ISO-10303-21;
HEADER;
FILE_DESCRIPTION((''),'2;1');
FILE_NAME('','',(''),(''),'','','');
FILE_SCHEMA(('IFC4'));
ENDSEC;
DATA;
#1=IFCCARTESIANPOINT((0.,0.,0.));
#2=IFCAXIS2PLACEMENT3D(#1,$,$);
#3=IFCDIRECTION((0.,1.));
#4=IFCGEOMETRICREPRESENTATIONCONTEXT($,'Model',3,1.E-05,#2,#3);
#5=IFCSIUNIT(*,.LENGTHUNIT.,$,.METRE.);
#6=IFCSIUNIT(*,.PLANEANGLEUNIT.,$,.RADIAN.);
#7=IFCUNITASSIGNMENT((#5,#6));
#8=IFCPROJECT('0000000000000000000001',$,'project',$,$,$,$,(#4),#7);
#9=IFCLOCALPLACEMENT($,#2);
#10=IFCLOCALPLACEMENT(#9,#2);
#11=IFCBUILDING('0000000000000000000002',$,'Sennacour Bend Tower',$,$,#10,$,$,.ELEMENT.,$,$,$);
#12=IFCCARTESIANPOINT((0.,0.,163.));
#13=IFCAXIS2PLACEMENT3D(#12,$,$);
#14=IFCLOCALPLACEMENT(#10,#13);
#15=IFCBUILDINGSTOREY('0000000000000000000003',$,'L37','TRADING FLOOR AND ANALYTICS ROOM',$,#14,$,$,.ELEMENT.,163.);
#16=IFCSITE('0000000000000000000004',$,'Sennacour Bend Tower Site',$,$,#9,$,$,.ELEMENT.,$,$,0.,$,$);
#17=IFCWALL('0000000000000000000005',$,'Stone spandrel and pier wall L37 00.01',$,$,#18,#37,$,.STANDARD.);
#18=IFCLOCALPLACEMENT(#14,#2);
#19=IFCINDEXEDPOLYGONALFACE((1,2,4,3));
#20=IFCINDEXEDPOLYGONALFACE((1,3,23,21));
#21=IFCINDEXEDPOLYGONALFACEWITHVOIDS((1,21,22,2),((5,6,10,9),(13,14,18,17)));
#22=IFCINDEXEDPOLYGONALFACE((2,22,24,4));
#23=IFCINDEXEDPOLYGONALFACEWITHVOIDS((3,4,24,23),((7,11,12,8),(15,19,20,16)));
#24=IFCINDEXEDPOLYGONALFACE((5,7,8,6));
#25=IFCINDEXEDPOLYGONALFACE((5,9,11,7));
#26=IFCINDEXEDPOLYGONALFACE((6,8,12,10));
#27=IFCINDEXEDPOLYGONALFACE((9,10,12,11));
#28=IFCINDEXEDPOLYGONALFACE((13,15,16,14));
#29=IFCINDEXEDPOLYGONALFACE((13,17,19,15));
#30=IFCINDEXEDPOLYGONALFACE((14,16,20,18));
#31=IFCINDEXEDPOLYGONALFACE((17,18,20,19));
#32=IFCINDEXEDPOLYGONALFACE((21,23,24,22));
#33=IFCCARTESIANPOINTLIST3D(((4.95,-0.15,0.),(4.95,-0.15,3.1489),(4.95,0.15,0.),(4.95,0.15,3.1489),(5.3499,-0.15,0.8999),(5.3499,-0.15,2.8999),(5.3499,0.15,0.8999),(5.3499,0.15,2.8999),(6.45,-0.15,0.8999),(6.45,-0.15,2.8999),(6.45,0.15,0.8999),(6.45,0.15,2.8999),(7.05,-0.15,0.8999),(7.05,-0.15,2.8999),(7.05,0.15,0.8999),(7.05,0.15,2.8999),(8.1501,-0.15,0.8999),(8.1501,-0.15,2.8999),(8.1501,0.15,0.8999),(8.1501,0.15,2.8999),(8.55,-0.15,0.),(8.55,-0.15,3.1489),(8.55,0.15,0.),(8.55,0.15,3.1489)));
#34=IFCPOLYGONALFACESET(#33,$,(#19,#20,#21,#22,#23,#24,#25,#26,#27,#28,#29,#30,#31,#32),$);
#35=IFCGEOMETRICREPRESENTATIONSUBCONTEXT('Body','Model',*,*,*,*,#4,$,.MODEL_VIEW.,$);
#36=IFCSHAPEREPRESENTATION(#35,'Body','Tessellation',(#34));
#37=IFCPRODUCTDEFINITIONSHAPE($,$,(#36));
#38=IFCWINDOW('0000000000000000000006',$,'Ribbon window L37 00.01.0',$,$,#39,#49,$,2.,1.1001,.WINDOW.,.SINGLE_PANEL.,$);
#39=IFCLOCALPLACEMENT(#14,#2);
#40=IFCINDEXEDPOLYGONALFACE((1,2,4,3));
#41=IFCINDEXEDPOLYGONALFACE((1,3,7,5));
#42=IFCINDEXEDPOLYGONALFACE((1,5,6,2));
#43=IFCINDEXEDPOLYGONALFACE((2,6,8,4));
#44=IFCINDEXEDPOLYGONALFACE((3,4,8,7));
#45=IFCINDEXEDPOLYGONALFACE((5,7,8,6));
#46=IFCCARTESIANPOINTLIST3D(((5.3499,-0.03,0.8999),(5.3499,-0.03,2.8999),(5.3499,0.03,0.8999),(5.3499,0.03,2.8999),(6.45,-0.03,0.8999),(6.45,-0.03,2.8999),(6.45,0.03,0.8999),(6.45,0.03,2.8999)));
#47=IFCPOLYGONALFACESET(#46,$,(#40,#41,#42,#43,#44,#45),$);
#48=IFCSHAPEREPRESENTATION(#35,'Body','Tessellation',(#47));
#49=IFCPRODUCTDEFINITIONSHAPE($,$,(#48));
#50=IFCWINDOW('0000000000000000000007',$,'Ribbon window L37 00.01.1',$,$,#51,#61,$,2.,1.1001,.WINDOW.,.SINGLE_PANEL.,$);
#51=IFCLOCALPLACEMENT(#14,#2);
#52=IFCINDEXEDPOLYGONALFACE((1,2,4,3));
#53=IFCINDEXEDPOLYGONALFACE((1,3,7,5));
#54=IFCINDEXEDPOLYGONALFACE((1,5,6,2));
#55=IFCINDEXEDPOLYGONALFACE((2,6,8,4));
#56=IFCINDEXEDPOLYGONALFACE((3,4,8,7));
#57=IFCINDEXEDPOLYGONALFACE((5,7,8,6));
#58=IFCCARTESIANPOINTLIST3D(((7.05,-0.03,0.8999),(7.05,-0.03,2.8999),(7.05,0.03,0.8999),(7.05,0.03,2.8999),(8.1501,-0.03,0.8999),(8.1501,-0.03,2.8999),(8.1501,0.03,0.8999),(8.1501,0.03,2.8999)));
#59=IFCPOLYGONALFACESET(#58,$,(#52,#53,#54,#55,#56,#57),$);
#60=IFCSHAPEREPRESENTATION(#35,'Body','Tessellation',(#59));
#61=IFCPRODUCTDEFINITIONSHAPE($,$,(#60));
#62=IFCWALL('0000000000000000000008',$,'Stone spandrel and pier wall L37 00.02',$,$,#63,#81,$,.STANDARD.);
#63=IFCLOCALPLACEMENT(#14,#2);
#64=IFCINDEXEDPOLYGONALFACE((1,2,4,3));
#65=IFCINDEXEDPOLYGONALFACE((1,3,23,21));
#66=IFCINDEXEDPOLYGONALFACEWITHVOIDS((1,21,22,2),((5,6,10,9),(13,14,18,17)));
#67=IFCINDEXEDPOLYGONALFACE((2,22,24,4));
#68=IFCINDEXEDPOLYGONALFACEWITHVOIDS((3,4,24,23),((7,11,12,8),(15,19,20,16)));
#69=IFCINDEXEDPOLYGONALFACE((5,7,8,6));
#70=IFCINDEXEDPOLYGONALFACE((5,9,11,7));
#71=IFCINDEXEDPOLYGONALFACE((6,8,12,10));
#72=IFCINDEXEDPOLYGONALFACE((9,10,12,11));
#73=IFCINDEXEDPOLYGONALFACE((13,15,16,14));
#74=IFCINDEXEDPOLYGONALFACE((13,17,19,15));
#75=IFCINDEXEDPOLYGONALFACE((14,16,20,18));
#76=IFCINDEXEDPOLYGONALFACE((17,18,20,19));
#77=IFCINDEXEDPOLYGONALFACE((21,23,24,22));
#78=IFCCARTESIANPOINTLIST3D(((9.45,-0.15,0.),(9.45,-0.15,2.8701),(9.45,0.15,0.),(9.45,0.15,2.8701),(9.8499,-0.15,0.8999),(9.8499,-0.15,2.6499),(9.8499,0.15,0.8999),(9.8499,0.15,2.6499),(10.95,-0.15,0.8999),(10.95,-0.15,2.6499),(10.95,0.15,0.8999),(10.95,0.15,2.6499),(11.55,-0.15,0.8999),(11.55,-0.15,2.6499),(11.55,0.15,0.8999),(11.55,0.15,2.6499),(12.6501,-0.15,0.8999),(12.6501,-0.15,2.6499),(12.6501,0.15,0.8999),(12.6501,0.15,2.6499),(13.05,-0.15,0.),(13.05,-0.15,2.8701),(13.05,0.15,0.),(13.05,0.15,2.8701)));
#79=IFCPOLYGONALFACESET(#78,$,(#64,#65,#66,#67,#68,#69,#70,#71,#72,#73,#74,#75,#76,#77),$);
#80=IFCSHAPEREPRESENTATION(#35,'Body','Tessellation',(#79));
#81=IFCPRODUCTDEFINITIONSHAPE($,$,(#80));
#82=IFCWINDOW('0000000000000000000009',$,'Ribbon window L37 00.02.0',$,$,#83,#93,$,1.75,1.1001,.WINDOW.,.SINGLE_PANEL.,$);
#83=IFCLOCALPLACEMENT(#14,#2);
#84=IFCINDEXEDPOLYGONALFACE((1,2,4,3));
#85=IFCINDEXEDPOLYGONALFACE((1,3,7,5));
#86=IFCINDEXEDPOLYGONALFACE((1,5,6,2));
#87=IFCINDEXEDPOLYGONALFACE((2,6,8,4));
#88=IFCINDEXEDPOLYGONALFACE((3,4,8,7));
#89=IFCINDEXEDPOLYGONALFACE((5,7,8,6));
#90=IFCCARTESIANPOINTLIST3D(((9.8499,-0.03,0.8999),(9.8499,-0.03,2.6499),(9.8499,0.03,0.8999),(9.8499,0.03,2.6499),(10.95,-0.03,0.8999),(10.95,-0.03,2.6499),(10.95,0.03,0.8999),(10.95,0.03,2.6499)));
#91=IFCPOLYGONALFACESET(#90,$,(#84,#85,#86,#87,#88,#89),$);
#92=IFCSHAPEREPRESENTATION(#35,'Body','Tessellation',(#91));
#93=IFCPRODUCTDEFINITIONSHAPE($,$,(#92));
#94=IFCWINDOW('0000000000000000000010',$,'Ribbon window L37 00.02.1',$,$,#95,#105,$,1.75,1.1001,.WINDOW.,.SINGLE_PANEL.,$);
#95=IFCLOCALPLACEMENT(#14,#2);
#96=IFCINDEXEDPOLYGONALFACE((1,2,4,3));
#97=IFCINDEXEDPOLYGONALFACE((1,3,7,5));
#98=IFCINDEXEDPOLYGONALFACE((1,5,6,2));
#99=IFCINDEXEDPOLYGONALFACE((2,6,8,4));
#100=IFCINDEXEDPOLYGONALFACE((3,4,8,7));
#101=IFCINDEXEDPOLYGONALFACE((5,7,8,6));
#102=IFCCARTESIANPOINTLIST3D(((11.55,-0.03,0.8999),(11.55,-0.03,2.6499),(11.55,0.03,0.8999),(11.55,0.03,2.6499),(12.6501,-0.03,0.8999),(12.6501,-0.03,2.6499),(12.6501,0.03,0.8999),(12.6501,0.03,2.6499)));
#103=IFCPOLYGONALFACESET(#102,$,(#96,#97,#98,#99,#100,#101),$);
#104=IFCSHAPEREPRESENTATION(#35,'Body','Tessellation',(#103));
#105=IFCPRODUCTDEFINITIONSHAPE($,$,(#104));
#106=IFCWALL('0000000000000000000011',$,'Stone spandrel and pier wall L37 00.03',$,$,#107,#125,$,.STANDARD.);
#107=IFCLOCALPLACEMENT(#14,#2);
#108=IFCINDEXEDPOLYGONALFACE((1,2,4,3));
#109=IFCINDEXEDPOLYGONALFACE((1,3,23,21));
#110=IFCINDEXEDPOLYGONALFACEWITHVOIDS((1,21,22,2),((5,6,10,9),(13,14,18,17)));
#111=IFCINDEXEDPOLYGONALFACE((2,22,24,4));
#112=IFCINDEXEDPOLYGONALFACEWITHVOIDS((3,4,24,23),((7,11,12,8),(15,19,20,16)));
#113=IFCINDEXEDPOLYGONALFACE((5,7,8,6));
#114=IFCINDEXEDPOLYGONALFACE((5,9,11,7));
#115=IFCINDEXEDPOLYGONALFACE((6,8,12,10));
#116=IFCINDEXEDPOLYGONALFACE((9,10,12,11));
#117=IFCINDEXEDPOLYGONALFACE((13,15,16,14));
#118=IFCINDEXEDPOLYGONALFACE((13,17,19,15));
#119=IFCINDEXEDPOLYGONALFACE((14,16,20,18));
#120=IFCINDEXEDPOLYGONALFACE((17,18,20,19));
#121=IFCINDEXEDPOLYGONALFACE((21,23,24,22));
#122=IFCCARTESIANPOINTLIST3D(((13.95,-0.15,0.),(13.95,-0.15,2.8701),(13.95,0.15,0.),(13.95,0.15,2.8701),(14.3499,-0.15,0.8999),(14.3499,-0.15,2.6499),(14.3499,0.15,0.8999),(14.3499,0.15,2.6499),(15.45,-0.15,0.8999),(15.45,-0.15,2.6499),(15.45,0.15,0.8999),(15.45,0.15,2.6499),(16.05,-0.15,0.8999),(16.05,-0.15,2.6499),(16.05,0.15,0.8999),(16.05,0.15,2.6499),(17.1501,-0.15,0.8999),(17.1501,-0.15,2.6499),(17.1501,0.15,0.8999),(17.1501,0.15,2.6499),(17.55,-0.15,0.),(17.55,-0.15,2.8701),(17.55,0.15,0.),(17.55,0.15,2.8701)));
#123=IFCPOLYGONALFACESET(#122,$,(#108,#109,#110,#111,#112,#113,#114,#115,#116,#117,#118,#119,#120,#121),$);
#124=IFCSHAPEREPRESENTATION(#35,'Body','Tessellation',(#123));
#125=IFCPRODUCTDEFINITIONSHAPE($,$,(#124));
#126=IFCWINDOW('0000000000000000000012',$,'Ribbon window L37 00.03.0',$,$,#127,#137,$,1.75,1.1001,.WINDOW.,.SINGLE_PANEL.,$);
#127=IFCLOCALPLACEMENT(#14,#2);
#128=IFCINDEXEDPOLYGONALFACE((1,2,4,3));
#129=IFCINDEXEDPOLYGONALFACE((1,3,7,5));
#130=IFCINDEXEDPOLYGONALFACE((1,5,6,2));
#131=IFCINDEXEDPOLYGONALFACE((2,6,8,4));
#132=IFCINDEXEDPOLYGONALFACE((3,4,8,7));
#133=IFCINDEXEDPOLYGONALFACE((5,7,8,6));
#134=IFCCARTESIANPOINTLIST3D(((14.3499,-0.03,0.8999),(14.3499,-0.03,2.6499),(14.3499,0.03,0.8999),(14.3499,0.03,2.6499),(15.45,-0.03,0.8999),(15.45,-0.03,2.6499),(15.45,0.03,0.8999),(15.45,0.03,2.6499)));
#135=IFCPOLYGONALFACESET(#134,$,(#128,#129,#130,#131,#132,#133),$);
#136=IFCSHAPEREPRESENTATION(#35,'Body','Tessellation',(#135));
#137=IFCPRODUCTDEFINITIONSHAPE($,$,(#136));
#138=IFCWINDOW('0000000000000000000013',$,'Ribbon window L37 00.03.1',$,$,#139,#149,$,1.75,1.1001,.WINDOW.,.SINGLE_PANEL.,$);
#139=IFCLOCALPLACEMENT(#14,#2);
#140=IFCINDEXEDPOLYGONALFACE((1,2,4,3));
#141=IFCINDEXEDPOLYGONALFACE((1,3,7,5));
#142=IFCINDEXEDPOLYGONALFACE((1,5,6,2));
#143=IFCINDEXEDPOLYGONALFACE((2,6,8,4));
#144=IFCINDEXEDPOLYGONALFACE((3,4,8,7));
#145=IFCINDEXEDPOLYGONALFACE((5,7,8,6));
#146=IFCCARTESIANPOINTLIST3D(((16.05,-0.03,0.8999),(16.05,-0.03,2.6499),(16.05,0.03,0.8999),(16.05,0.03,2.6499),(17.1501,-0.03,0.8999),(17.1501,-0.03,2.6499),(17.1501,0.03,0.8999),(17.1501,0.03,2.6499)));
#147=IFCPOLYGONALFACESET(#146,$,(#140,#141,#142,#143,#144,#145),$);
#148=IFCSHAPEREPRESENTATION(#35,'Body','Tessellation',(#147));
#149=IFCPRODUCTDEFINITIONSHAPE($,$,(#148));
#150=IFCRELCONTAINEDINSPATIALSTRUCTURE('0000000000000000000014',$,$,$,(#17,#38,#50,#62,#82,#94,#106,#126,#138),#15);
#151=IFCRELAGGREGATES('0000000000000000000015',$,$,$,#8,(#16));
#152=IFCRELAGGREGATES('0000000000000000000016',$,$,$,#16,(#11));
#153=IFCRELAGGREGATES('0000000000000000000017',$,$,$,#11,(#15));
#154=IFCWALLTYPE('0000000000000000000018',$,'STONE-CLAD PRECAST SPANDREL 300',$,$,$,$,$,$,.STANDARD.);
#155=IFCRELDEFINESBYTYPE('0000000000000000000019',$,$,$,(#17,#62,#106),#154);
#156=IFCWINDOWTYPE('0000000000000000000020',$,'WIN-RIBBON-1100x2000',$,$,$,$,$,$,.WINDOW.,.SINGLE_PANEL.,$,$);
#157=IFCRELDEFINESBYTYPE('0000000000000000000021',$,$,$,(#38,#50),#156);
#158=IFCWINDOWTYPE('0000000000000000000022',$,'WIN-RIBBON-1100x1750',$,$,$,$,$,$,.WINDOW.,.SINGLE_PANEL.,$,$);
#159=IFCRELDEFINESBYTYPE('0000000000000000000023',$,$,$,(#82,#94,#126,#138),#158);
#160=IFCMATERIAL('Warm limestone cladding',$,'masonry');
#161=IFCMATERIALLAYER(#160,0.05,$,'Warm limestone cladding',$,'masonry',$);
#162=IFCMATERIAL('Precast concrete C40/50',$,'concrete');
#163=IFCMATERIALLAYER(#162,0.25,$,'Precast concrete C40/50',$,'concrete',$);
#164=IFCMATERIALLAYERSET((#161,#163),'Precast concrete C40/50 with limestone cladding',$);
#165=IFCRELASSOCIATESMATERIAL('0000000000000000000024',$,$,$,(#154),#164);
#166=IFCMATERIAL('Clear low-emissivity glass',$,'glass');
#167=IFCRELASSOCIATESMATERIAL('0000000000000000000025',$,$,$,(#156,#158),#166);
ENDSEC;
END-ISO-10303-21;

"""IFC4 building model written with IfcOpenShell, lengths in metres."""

from ifc_helpers import new_model, si_unit, direction, frame, frame_2d, origin, place, context, subcontext, project, spatial, rectangle, extrude, material, layer, layer_set, type_object, element, fill, save


model = new_model("IFC4")

# Units and contexts
model_context = context("Model", 3, precision=1e-05, world=origin(), true_north=direction((0.0, 1.0)))
body_context = subcontext(model_context, "Body", "Model", "MODEL_VIEW")
ifc_project = project(units=[si_unit("LENGTHUNIT", "METRE"), si_unit("PLANEANGLEUNIT", "RADIAN")], contexts=[model_context])

# Site, building, storey
site_placement = place(None, origin())
site = spatial("IfcSite", under=ifc_project, at=site_placement, Name="Sennacour Bend Tower Site", CompositionType="ELEMENT", RefElevation=0.0)
building_placement = place(site_placement, origin())
building = spatial("IfcBuilding", under=site, at=building_placement, Name="Sennacour Bend Tower", CompositionType="ELEMENT")
storey_placement = place(building_placement, frame((0.0, 0.0, 163.0)))
storey = spatial("IfcBuildingStorey", under=building, at=storey_placement, Name="L37", Description="TRADING FLOOR AND ANALYTICS ROOM", CompositionType="ELEMENT", Elevation=163.0)

# Walls, openings, windows
ifc_material_1 = material(Name="Warm limestone cladding", Category="masonry")
ifc_layer_1 = layer(ifc_material_1, 0.05, Name="Warm limestone cladding", Category="masonry")
ifc_material_2 = material(Name="Precast concrete C40/50", Category="concrete")
ifc_layer_2 = layer(ifc_material_2, 0.25, Name="Precast concrete C40/50", Category="concrete")
ifc_layer_set_1 = layer_set([ifc_layer_1, ifc_layer_2], Name="Precast concrete C40/50 with limestone cladding")
wall_type_1 = type_object("IfcWallType", Name="STONE-CLAD PRECAST SPANDREL 300", PredefinedType="STANDARD", material=ifc_layer_set_1)
wall_1_placement = place(storey_placement, frame((4.95, 0.0, 0.0), z_axis=(0.0, 0.0, 1.0), x_axis=(1.0, 0.0, 0.0)))
wall_1 = element("IfcWall", 1, at=wall_1_placement, inside=storey, type_object=wall_type_1, Name="Stone spandrel and pier wall L37 00.01", PredefinedType="STANDARD", context=body_context, shape_type="SweptSolid", body=[
    extrude(rectangle(XDim=3.6001, YDim=0.3, at=frame_2d((1.8, 0.0))), origin(), (0.0, 0.0, 1.0), 3.1489),
])
opening_1_placement = place(wall_1_placement, frame((0.3999, 0.0, 0.8999)))
opening_1 = element("IfcOpeningElement", 2, at=opening_1_placement, cuts=wall_1, PredefinedType="OPENING", context=body_context, shape_type="SweptSolid", body=[
    extrude(rectangle(XDim=1.1001, YDim=2.0, at=frame_2d((0.55, 1.0))), frame((0.0, 0.1602, 0.0), z_axis=(0.0, -1.0, 0.0), x_axis=(1.0, 0.0, 0.0)), (0.0, 0.0, 1.0), 0.3201),
])
opening_2_placement = place(wall_1_placement, frame((2.1001, 0.0, 0.8999)))
opening_2 = element("IfcOpeningElement", 3, at=opening_2_placement, cuts=wall_1, PredefinedType="OPENING", context=body_context, shape_type="SweptSolid", body=[
    extrude(rectangle(XDim=1.1001, YDim=2.0, at=frame_2d((0.55, 1.0))), frame((0.0, 0.1602, 0.0), z_axis=(0.0, -1.0, 0.0), x_axis=(1.0, 0.0, 0.0)), (0.0, 0.0, 1.0), 0.3201),
])
ifc_material_3 = material(Name="Clear low-emissivity glass", Category="glass")
window_type_1 = type_object("IfcWindowType", Name="WIN-RIBBON-1100x2000", PartitioningType="SINGLE_PANEL", PredefinedType="WINDOW", material=ifc_material_3)
window_1_placement = place(opening_1_placement, origin())
window_1 = element("IfcWindow", 4, at=window_1_placement, inside=storey, type_object=window_type_1, Name="Ribbon window L37 00.01.0", OverallHeight=2.0, OverallWidth=1.1001, PartitioningType="SINGLE_PANEL", PredefinedType="WINDOW", context=body_context, shape_type="SweptSolid", body=[
    extrude(rectangle(XDim=1.1001, YDim=2.0, at=frame_2d((0.55, 1.0))), frame((0.0, 0.03, 0.0), z_axis=(0.0, -1.0, 0.0), x_axis=(1.0, 0.0, 0.0)), (0.0, 0.0, 1.0), 0.0601),
])
fill(opening_1, window_1)
window_2_placement = place(opening_2_placement, origin())
window_2 = element("IfcWindow", 5, at=window_2_placement, inside=storey, type_object=window_type_1, Name="Ribbon window L37 00.01.1", OverallHeight=2.0, OverallWidth=1.1001, PartitioningType="SINGLE_PANEL", PredefinedType="WINDOW", context=body_context, shape_type="SweptSolid", body=[
    extrude(rectangle(XDim=1.1001, YDim=2.0, at=frame_2d((0.55, 1.0))), frame((0.0, 0.03, 0.0), z_axis=(0.0, -1.0, 0.0), x_axis=(1.0, 0.0, 0.0)), (0.0, 0.0, 1.0), 0.0601),
])
fill(opening_2, window_2)
wall_2_placement = place(storey_placement, frame((9.45, 0.0, 0.0), z_axis=(0.0, 0.0, 1.0), x_axis=(1.0, 0.0, 0.0)))
wall_2 = element("IfcWall", 6, at=wall_2_placement, inside=storey, type_object=wall_type_1, Name="Stone spandrel and pier wall L37 00.02", PredefinedType="STANDARD", context=body_context, shape_type="SweptSolid", body=[
    extrude(rectangle(XDim=3.6001, YDim=0.3, at=frame_2d((1.8, 0.0))), origin(), (0.0, 0.0, 1.0), 2.8701),
])
opening_3_placement = place(wall_2_placement, frame((0.3999, 0.0, 0.8999)))
opening_3 = element("IfcOpeningElement", 7, at=opening_3_placement, cuts=wall_2, PredefinedType="OPENING", context=body_context, shape_type="SweptSolid", body=[
    extrude(rectangle(XDim=1.1001, YDim=1.75, at=frame_2d((0.55, 0.875))), frame((0.0, 0.1602, 0.0), z_axis=(0.0, -1.0, 0.0), x_axis=(1.0, 0.0, 0.0)), (0.0, 0.0, 1.0), 0.3201),
])
opening_4_placement = place(wall_2_placement, frame((2.1001, 0.0, 0.8999)))
opening_4 = element("IfcOpeningElement", 8, at=opening_4_placement, cuts=wall_2, PredefinedType="OPENING", context=body_context, shape_type="SweptSolid", body=[
    extrude(rectangle(XDim=1.1001, YDim=1.75, at=frame_2d((0.55, 0.875))), frame((0.0, 0.1602, 0.0), z_axis=(0.0, -1.0, 0.0), x_axis=(1.0, 0.0, 0.0)), (0.0, 0.0, 1.0), 0.3201),
])
window_type_2 = type_object("IfcWindowType", Name="WIN-RIBBON-1100x1750", PartitioningType="SINGLE_PANEL", PredefinedType="WINDOW", material=ifc_material_3)
window_3_placement = place(opening_3_placement, origin())
window_3 = element("IfcWindow", 9, at=window_3_placement, inside=storey, type_object=window_type_2, Name="Ribbon window L37 00.02.0", OverallHeight=1.75, OverallWidth=1.1001, PartitioningType="SINGLE_PANEL", PredefinedType="WINDOW", context=body_context, shape_type="SweptSolid", body=[
    extrude(rectangle(XDim=1.1001, YDim=1.75, at=frame_2d((0.55, 0.875))), frame((0.0, 0.03, 0.0), z_axis=(0.0, -1.0, 0.0), x_axis=(1.0, 0.0, 0.0)), (0.0, 0.0, 1.0), 0.0601),
])
fill(opening_3, window_3)
window_4_placement = place(opening_4_placement, origin())
window_4 = element("IfcWindow", 10, at=window_4_placement, inside=storey, type_object=window_type_2, Name="Ribbon window L37 00.02.1", OverallHeight=1.75, OverallWidth=1.1001, PartitioningType="SINGLE_PANEL", PredefinedType="WINDOW", context=body_context, shape_type="SweptSolid", body=[
    extrude(rectangle(XDim=1.1001, YDim=1.75, at=frame_2d((0.55, 0.875))), frame((0.0, 0.03, 0.0), z_axis=(0.0, -1.0, 0.0), x_axis=(1.0, 0.0, 0.0)), (0.0, 0.0, 1.0), 0.0601),
])
fill(opening_4, window_4)
wall_3_placement = place(storey_placement, frame((13.95, 0.0, 0.0), z_axis=(0.0, 0.0, 1.0), x_axis=(1.0, 0.0, 0.0)))
wall_3 = element("IfcWall", 11, at=wall_3_placement, inside=storey, type_object=wall_type_1, Name="Stone spandrel and pier wall L37 00.03", PredefinedType="STANDARD", context=body_context, shape_type="SweptSolid", body=[
    extrude(rectangle(XDim=3.6001, YDim=0.3, at=frame_2d((1.8, 0.0))), origin(), (0.0, 0.0, 1.0), 2.8701),
])
opening_5_placement = place(wall_3_placement, frame((0.3999, 0.0, 0.8999)))
opening_5 = element("IfcOpeningElement", 12, at=opening_5_placement, cuts=wall_3, PredefinedType="OPENING", context=body_context, shape_type="SweptSolid", body=[
    extrude(rectangle(XDim=1.1001, YDim=1.75, at=frame_2d((0.55, 0.875))), frame((0.0, 0.1602, 0.0), z_axis=(0.0, -1.0, 0.0), x_axis=(1.0, 0.0, 0.0)), (0.0, 0.0, 1.0), 0.3201),
])
opening_6_placement = place(wall_3_placement, frame((2.1001, 0.0, 0.8999)))
opening_6 = element("IfcOpeningElement", 13, at=opening_6_placement, cuts=wall_3, PredefinedType="OPENING", context=body_context, shape_type="SweptSolid", body=[
    extrude(rectangle(XDim=1.1001, YDim=1.75, at=frame_2d((0.55, 0.875))), frame((0.0, 0.1602, 0.0), z_axis=(0.0, -1.0, 0.0), x_axis=(1.0, 0.0, 0.0)), (0.0, 0.0, 1.0), 0.3201),
])
window_5_placement = place(opening_5_placement, origin())
window_5 = element("IfcWindow", 14, at=window_5_placement, inside=storey, type_object=window_type_2, Name="Ribbon window L37 00.03.0", OverallHeight=1.75, OverallWidth=1.1001, PartitioningType="SINGLE_PANEL", PredefinedType="WINDOW", context=body_context, shape_type="SweptSolid", body=[
    extrude(rectangle(XDim=1.1001, YDim=1.75, at=frame_2d((0.55, 0.875))), frame((0.0, 0.03, 0.0), z_axis=(0.0, -1.0, 0.0), x_axis=(1.0, 0.0, 0.0)), (0.0, 0.0, 1.0), 0.0601),
])
fill(opening_5, window_5)
window_6_placement = place(opening_6_placement, origin())
window_6 = element("IfcWindow", 15, at=window_6_placement, inside=storey, type_object=window_type_2, Name="Ribbon window L37 00.03.1", OverallHeight=1.75, OverallWidth=1.1001, PartitioningType="SINGLE_PANEL", PredefinedType="WINDOW", context=body_context, shape_type="SweptSolid", body=[
    extrude(rectangle(XDim=1.1001, YDim=1.75, at=frame_2d((0.55, 0.875))), frame((0.0, 0.03, 0.0), z_axis=(0.0, -1.0, 0.0), x_axis=(1.0, 0.0, 0.0)), (0.0, 0.0, 1.0), 0.0601),
])
fill(opening_6, window_6)

save(model, "model.ifc")
